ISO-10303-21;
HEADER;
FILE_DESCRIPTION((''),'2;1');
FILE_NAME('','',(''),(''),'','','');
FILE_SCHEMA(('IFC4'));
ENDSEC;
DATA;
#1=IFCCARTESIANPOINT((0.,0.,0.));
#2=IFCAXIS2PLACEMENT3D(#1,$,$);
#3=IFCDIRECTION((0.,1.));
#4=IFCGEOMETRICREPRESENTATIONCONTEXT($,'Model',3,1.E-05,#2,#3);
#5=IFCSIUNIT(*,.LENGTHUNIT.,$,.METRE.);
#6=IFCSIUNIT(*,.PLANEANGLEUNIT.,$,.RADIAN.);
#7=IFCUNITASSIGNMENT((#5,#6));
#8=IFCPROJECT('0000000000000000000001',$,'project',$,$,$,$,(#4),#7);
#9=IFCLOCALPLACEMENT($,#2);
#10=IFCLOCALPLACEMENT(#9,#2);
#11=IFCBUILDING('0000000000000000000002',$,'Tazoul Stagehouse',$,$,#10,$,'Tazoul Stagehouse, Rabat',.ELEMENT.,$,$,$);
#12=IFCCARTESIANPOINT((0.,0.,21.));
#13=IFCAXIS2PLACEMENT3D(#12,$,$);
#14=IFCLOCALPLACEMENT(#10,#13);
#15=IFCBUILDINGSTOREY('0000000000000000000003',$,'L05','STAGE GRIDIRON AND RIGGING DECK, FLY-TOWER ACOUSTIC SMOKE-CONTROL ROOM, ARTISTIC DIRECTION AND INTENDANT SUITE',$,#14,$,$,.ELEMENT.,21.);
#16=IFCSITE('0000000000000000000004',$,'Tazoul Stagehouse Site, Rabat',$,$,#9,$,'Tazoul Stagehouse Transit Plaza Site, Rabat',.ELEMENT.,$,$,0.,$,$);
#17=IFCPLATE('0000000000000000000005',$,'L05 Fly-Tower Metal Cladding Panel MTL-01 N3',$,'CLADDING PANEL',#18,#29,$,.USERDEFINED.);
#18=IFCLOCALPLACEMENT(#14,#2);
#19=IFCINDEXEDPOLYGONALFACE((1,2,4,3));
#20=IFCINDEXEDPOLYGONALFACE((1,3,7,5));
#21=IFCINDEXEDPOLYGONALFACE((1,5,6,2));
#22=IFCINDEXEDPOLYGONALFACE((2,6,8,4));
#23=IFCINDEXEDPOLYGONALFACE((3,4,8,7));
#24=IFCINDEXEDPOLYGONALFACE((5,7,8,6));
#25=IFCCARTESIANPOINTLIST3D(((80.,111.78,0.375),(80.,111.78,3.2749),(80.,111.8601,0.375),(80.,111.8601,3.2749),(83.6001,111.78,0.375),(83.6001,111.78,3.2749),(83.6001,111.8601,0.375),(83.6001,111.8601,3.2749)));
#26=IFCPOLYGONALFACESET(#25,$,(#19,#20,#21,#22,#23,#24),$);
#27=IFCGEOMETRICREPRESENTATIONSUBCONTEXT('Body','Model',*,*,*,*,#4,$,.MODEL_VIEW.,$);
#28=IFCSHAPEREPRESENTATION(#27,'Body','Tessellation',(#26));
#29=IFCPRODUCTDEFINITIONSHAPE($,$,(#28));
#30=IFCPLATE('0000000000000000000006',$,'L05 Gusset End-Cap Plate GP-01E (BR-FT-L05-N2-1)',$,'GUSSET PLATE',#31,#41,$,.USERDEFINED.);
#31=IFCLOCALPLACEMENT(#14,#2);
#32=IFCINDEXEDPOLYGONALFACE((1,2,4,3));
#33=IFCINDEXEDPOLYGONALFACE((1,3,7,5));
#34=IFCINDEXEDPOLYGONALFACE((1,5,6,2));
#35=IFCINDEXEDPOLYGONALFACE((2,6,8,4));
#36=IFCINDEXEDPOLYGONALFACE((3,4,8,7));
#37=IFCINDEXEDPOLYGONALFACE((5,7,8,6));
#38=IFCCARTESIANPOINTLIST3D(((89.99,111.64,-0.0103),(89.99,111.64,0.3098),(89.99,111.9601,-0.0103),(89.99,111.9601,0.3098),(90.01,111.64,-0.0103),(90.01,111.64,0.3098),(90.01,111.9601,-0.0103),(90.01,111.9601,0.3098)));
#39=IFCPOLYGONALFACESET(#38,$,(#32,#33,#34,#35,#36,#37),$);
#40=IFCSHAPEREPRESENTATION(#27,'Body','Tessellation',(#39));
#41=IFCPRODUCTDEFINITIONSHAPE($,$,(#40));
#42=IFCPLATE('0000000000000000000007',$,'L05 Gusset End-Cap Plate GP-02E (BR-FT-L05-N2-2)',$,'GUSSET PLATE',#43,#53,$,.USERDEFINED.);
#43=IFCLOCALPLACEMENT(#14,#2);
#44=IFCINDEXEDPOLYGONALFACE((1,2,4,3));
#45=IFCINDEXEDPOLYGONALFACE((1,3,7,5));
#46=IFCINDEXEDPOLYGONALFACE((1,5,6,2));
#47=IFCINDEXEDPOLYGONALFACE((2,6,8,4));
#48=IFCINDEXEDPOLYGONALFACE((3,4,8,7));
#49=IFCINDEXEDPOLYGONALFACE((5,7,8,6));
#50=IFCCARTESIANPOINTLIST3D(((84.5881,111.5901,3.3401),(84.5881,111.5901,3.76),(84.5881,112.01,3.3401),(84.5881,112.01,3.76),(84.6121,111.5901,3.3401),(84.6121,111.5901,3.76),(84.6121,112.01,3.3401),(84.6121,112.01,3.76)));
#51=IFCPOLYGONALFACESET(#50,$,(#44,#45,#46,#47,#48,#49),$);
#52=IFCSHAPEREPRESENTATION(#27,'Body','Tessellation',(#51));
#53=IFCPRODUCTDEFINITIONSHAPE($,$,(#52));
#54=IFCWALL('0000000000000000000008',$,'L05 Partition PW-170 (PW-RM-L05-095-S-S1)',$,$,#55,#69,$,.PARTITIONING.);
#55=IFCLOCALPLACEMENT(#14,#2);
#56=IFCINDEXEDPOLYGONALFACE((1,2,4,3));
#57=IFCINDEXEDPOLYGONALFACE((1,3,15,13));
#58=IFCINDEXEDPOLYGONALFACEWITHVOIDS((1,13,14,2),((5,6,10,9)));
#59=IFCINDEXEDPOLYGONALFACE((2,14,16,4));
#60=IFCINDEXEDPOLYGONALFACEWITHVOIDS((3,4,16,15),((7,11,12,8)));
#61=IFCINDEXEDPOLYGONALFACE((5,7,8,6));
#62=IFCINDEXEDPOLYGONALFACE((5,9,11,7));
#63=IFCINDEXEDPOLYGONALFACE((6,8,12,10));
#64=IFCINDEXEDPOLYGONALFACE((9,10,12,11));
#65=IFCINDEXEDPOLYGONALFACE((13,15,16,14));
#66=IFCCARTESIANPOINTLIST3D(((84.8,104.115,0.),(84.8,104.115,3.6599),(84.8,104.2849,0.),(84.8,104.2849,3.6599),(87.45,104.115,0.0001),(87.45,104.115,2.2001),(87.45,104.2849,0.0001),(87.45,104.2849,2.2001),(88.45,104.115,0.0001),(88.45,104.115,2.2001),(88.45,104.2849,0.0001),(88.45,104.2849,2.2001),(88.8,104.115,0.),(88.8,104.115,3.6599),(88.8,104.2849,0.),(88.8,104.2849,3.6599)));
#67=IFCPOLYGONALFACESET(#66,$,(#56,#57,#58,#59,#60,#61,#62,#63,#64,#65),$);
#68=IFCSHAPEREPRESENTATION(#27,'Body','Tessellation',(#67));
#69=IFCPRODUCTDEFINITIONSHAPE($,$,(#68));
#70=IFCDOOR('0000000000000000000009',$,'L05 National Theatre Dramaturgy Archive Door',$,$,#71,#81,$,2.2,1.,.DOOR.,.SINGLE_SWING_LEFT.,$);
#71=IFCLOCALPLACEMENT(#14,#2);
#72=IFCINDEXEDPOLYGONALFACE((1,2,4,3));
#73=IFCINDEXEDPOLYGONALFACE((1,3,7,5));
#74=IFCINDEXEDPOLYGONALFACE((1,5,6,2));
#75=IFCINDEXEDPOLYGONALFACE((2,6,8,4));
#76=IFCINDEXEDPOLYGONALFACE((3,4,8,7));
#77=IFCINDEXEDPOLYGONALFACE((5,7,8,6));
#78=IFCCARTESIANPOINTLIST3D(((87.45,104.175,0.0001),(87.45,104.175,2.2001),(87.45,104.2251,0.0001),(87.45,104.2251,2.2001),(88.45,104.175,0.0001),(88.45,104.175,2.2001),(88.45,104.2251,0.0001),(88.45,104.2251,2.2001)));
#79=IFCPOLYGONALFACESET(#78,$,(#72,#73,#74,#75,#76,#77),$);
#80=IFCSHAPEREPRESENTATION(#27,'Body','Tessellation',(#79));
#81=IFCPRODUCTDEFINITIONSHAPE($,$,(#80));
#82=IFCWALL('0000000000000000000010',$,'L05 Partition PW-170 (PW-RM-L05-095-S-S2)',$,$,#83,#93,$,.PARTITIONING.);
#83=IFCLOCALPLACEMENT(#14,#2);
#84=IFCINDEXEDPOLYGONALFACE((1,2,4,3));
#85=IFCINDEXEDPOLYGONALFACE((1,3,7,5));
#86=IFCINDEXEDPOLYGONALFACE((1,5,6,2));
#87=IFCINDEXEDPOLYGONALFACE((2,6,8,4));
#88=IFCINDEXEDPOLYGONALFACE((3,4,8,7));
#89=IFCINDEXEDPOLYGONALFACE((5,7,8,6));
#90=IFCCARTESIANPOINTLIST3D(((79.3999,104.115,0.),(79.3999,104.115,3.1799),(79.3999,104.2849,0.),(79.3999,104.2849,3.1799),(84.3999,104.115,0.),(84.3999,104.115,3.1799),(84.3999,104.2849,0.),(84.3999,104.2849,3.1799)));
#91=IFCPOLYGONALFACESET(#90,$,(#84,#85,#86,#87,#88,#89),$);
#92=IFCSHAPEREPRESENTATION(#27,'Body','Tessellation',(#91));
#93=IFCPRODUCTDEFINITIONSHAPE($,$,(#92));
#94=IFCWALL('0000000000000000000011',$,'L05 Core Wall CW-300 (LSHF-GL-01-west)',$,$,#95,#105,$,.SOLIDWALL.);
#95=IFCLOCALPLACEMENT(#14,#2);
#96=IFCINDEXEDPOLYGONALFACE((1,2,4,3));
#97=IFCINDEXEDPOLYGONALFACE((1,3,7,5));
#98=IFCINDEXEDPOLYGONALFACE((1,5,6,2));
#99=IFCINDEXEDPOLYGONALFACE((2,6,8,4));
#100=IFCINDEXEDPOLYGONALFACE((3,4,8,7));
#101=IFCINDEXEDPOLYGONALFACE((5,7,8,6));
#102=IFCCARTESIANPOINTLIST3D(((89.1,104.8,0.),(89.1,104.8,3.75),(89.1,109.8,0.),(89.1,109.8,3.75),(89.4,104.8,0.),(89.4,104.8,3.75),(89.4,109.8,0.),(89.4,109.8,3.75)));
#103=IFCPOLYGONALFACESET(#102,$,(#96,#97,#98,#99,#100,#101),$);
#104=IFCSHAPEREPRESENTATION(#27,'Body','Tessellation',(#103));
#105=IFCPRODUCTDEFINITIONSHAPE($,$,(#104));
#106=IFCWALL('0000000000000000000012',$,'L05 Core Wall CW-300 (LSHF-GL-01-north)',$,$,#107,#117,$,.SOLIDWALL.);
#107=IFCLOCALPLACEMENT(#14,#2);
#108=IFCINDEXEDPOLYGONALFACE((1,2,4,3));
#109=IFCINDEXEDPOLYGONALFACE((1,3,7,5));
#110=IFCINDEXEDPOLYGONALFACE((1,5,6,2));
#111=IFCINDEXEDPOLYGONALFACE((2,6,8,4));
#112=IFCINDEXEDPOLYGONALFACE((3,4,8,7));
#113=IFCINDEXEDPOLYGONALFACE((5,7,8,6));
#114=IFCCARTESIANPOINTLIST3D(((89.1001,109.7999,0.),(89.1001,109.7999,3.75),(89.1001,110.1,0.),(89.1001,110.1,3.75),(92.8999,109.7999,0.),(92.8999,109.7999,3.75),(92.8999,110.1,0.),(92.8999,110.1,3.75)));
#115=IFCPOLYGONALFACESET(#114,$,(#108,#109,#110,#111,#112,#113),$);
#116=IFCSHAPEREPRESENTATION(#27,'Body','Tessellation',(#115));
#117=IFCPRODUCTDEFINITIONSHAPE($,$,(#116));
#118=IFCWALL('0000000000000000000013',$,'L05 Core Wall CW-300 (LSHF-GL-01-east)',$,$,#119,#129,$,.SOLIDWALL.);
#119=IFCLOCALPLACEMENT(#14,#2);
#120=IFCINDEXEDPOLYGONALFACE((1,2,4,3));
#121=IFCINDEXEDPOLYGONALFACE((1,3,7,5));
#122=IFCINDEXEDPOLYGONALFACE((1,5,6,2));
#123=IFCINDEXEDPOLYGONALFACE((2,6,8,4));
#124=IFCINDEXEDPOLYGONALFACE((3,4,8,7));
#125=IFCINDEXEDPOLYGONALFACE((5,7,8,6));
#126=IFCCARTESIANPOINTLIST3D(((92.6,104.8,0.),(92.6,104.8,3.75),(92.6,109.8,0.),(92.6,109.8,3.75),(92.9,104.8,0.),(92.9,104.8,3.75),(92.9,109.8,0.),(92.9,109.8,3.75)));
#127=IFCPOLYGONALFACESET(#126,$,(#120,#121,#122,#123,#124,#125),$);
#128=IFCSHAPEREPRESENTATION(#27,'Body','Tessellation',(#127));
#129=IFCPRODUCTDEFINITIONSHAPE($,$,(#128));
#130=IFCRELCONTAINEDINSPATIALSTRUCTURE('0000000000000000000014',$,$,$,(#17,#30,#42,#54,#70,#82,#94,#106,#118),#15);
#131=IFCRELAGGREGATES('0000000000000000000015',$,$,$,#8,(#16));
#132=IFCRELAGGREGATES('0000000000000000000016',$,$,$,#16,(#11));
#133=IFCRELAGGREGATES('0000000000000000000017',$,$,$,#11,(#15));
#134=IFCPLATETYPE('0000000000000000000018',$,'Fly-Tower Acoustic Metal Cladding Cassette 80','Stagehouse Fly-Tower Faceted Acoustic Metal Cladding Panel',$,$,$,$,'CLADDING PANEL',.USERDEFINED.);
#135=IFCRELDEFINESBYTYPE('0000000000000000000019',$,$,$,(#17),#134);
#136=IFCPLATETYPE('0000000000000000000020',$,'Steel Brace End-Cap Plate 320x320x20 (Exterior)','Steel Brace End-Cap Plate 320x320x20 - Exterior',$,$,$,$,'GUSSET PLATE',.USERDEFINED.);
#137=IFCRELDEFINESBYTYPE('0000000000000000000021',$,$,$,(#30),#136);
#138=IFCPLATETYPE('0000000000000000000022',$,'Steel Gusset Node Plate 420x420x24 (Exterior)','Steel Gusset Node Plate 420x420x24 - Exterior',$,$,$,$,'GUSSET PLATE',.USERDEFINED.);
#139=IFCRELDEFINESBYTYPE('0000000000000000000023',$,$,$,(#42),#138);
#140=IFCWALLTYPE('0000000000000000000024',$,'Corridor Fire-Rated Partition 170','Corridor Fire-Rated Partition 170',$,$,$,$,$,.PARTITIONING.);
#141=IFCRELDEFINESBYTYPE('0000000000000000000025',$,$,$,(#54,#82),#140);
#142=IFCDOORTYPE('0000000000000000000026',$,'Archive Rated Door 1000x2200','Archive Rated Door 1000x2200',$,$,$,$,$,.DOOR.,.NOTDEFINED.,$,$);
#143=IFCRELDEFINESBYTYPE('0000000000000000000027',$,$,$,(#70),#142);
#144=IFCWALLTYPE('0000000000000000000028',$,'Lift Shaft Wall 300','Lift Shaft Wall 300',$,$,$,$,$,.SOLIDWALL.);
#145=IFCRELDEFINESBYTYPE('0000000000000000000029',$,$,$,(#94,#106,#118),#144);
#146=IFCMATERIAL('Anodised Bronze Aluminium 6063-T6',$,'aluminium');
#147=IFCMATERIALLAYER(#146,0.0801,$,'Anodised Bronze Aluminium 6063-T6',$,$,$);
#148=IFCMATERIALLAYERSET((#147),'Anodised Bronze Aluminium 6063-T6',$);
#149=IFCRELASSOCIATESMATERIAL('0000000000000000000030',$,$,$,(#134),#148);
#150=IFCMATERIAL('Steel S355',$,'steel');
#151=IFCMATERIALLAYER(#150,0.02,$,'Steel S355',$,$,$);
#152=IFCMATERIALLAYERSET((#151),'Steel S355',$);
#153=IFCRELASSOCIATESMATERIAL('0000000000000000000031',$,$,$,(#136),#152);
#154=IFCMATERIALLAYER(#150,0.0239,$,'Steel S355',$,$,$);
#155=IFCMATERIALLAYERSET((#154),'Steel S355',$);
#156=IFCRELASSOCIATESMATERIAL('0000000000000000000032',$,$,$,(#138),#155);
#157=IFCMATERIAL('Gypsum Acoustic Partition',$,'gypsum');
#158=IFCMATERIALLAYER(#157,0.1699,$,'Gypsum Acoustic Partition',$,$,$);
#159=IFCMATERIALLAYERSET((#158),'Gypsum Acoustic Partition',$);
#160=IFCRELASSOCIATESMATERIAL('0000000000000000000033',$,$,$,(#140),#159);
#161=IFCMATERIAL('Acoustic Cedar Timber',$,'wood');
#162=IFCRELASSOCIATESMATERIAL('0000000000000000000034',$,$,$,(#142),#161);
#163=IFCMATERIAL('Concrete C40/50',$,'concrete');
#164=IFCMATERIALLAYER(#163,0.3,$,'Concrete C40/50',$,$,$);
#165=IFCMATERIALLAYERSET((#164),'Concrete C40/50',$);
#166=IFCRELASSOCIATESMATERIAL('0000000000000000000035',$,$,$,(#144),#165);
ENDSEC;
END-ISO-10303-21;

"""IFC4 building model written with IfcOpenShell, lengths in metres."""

from ifc_helpers import new_model, si_unit, direction, frame, frame_2d, origin, origin_2d, place, context, subcontext, project, spatial, rectangle, extrude, material, layer, layer_set, type_object, element, fill, save


model = new_model("IFC4")

# Units and contexts
model_context = context("Model", 3, precision=1e-05, world=origin(), true_north=direction((0.0, 1.0)))
body_context = subcontext(model_context, "Body", "Model", "MODEL_VIEW")
ifc_project = project(units=[si_unit("LENGTHUNIT", "METRE"), si_unit("PLANEANGLEUNIT", "RADIAN")], contexts=[model_context])

# Site, building, storey
site_placement = place(None, origin())
site = spatial("IfcSite", under=ifc_project, at=site_placement, Name="Tazoul Stagehouse Site, Rabat", LongName="Tazoul Stagehouse Transit Plaza Site, Rabat", CompositionType="ELEMENT", RefElevation=0.0)
building_placement = place(site_placement, origin())
building = spatial("IfcBuilding", under=site, at=building_placement, Name="Tazoul Stagehouse", LongName="Tazoul Stagehouse, Rabat", CompositionType="ELEMENT")
storey_placement = place(building_placement, frame((0.0, 0.0, 21.0)))
storey = spatial("IfcBuildingStorey", under=building, at=storey_placement, Name="L05", Description="STAGE GRIDIRON AND RIGGING DECK, FLY-TOWER ACOUSTIC SMOKE-CONTROL ROOM, ARTISTIC DIRECTION AND INTENDANT SUITE", CompositionType="ELEMENT", Elevation=21.0)

# Shared definitions
ifc_material_1 = material(Name="Steel S355", Category="steel")

# Plates
ifc_material_2 = material(Name="Anodised Bronze Aluminium 6063-T6", Category="aluminium")
ifc_layer_1 = layer(ifc_material_2, 0.0801, Name="Anodised Bronze Aluminium 6063-T6")
ifc_layer_set_1 = layer_set([ifc_layer_1], Name="Anodised Bronze Aluminium 6063-T6")
plate_type_1 = type_object("IfcPlateType", Name="Fly-Tower Acoustic Metal Cladding Cassette 80", Description="Stagehouse Fly-Tower Faceted Acoustic Metal Cladding Panel", ElementType="CLADDING PANEL", PredefinedType="USERDEFINED", material=ifc_layer_set_1)
plate_1_placement = place(storey_placement, frame((81.8, 111.8201, 0.375), z_axis=(0.0, 0.0, 1.0), x_axis=(1.0, 0.0, 0.0)))
element("IfcPlate", 1, at=plate_1_placement, inside=storey, type_object=plate_type_1, Name="L05 Fly-Tower Metal Cladding Panel MTL-01 N3", ObjectType="CLADDING PANEL", PredefinedType="USERDEFINED", context=body_context, shape_type="SweptSolid", body=[
    extrude(rectangle(XDim=3.6001, YDim=0.0801, at=origin_2d()), origin(), (0.0, 0.0, 1.0), 2.8999),
])
ifc_layer_2 = layer(ifc_material_1, 0.02, Name="Steel S355")
ifc_layer_set_2 = layer_set([ifc_layer_2], Name="Steel S355")
plate_type_2 = type_object("IfcPlateType", Name="Steel Brace End-Cap Plate 320x320x20 (Exterior)", Description="Steel Brace End-Cap Plate 320x320x20 - Exterior", ElementType="GUSSET PLATE", PredefinedType="USERDEFINED", material=ifc_layer_set_2)
plate_2_placement = place(storey_placement, frame((90.0, 111.8, -0.0103), z_axis=(0.0, 0.0, 1.0), x_axis=(-1.0, 0.0, 0.0)))
element("IfcPlate", 2, at=plate_2_placement, inside=storey, type_object=plate_type_2, Name="L05 Gusset End-Cap Plate GP-01E (BR-FT-L05-N2-1)", ObjectType="GUSSET PLATE", PredefinedType="USERDEFINED", context=body_context, shape_type="SweptSolid", body=[
    extrude(rectangle(XDim=0.02, YDim=0.3201, at=origin_2d()), origin(), (0.0, 0.0, 1.0), 0.3201),
])
ifc_layer_3 = layer(ifc_material_1, 0.0239, Name="Steel S355")
ifc_layer_set_3 = layer_set([ifc_layer_3], Name="Steel S355")
plate_type_3 = type_object("IfcPlateType", Name="Steel Gusset Node Plate 420x420x24 (Exterior)", Description="Steel Gusset Node Plate 420x420x24 - Exterior", ElementType="GUSSET PLATE", PredefinedType="USERDEFINED", material=ifc_layer_set_3)
plate_3_placement = place(storey_placement, frame((84.6001, 111.8, 3.3401), z_axis=(0.0, 0.0, 1.0), x_axis=(-1.0, 0.0, 0.0)))
element("IfcPlate", 3, at=plate_3_placement, inside=storey, type_object=plate_type_3, Name="L05 Gusset End-Cap Plate GP-02E (BR-FT-L05-N2-2)", ObjectType="GUSSET PLATE", PredefinedType="USERDEFINED", context=body_context, shape_type="SweptSolid", body=[
    extrude(rectangle(XDim=0.0239, YDim=0.4199, at=origin_2d()), origin(), (0.0, 0.0, 1.0), 0.4199),
])

# Wall, opening, door
ifc_material_3 = material(Name="Gypsum Acoustic Partition", Category="gypsum")
ifc_layer_4 = layer(ifc_material_3, 0.1699, Name="Gypsum Acoustic Partition")
ifc_layer_set_4 = layer_set([ifc_layer_4], Name="Gypsum Acoustic Partition")
wall_type_1 = type_object("IfcWallType", Name="Corridor Fire-Rated Partition 170", Description="Corridor Fire-Rated Partition 170", PredefinedType="PARTITIONING", material=ifc_layer_set_4)
wall_1_placement = place(storey_placement, frame((88.8, 104.2, 0.0), z_axis=(0.0, 0.0, 1.0), x_axis=(-1.0, 0.0, 0.0)))
wall_1 = element("IfcWall", 4, at=wall_1_placement, inside=storey, type_object=wall_type_1, Name="L05 Partition PW-170 (PW-RM-L05-095-S-S1)", PredefinedType="PARTITIONING", context=body_context, shape_type="SweptSolid", body=[
    extrude(rectangle(XDim=4.0, YDim=0.1699, at=frame_2d((2.0, 0.0))), origin(), (0.0, 0.0, 1.0), 3.6599),
])
opening_placement = place(wall_1_placement, frame((0.3501, 0.0, 0.0)))
opening = element("IfcOpeningElement", 5, at=opening_placement, cuts=wall_1, PredefinedType="OPENING", context=body_context, shape_type="SweptSolid", body=[
    extrude(rectangle(XDim=1.0, YDim=2.2, at=frame_2d((0.5, 1.1001))), frame((0.0, 0.105, 0.0), z_axis=(0.0, -1.0, 0.0), x_axis=(1.0, 0.0, 0.0)), (0.0, 0.0, 1.0), 0.21),
])
ifc_material_4 = material(Name="Acoustic Cedar Timber", Category="wood")
door_type = type_object("IfcDoorType", Name="Archive Rated Door 1000x2200", Description="Archive Rated Door 1000x2200", OperationType="NOTDEFINED", PredefinedType="DOOR", material=ifc_material_4)
door_placement = place(opening_placement, origin())
door = element("IfcDoor", 6, at=door_placement, inside=storey, type_object=door_type, Name="L05 National Theatre Dramaturgy Archive Door", OperationType="SINGLE_SWING_LEFT", OverallHeight=2.2, OverallWidth=1.0, PredefinedType="DOOR", context=body_context, shape_type="SweptSolid", body=[
    extrude(rectangle(XDim=1.0, YDim=2.2, at=frame_2d((0.5, 1.1001))), frame((0.0, 0.0249, 0.0), z_axis=(0.0, -1.0, 0.0), x_axis=(1.0, 0.0, 0.0)), (0.0, 0.0, 1.0), 0.05),
])
fill(opening, door)

# Walls
wall_2_placement = place(storey_placement, frame((84.3999, 104.2, 0.0), z_axis=(0.0, 0.0, 1.0), x_axis=(-1.0, 0.0, 0.0)))
element("IfcWall", 7, at=wall_2_placement, inside=storey, type_object=wall_type_1, Name="L05 Partition PW-170 (PW-RM-L05-095-S-S2)", PredefinedType="PARTITIONING", context=body_context, shape_type="SweptSolid", body=[
    extrude(rectangle(XDim=5.0, YDim=0.1699, at=frame_2d((2.5, 0.0))), origin(), (0.0, 0.0, 1.0), 3.1799),
])
ifc_material_5 = material(Name="Concrete C40/50", Category="concrete")
ifc_layer_5 = layer(ifc_material_5, 0.3, Name="Concrete C40/50")
ifc_layer_set_5 = layer_set([ifc_layer_5], Name="Concrete C40/50")
wall_type_2 = type_object("IfcWallType", Name="Lift Shaft Wall 300", Description="Lift Shaft Wall 300", PredefinedType="SOLIDWALL", material=ifc_layer_set_5)
wall_3_placement = place(storey_placement, frame((89.25, 104.8, 0.0), z_axis=(0.0, 0.0, 1.0), x_axis=(0.0, 1.0, 0.0)))
element("IfcWall", 8, at=wall_3_placement, inside=storey, type_object=wall_type_2, Name="L05 Core Wall CW-300 (LSHF-GL-01-west)", PredefinedType="SOLIDWALL", context=body_context, shape_type="SweptSolid", body=[
    extrude(rectangle(XDim=5.0, YDim=0.3, at=frame_2d((2.5, 0.0))), origin(), (0.0, 0.0, 1.0), 3.75),
])
wall_4_placement = place(storey_placement, frame((89.1001, 109.95, 0.0), z_axis=(0.0, 0.0, 1.0), x_axis=(1.0, 0.0, 0.0)))
element("IfcWall", 9, at=wall_4_placement, inside=storey, type_object=wall_type_2, Name="L05 Core Wall CW-300 (LSHF-GL-01-north)", PredefinedType="SOLIDWALL", context=body_context, shape_type="SweptSolid", body=[
    extrude(rectangle(XDim=3.7998, YDim=0.3, at=frame_2d((1.8999, 0.0))), origin(), (0.0, 0.0, 1.0), 3.75),
])
wall_5_placement = place(storey_placement, frame((92.75, 109.8, 0.0), z_axis=(0.0, 0.0, 1.0), x_axis=(0.0, -1.0, 0.0)))
element("IfcWall", 10, at=wall_5_placement, inside=storey, type_object=wall_type_2, Name="L05 Core Wall CW-300 (LSHF-GL-01-east)", PredefinedType="SOLIDWALL", context=body_context, shape_type="SweptSolid", body=[
    extrude(rectangle(XDim=5.0, YDim=0.3, at=frame_2d((2.5, 0.0))), origin(), (0.0, 0.0, 1.0), 3.75),
])

save(model, "model.ifc")
